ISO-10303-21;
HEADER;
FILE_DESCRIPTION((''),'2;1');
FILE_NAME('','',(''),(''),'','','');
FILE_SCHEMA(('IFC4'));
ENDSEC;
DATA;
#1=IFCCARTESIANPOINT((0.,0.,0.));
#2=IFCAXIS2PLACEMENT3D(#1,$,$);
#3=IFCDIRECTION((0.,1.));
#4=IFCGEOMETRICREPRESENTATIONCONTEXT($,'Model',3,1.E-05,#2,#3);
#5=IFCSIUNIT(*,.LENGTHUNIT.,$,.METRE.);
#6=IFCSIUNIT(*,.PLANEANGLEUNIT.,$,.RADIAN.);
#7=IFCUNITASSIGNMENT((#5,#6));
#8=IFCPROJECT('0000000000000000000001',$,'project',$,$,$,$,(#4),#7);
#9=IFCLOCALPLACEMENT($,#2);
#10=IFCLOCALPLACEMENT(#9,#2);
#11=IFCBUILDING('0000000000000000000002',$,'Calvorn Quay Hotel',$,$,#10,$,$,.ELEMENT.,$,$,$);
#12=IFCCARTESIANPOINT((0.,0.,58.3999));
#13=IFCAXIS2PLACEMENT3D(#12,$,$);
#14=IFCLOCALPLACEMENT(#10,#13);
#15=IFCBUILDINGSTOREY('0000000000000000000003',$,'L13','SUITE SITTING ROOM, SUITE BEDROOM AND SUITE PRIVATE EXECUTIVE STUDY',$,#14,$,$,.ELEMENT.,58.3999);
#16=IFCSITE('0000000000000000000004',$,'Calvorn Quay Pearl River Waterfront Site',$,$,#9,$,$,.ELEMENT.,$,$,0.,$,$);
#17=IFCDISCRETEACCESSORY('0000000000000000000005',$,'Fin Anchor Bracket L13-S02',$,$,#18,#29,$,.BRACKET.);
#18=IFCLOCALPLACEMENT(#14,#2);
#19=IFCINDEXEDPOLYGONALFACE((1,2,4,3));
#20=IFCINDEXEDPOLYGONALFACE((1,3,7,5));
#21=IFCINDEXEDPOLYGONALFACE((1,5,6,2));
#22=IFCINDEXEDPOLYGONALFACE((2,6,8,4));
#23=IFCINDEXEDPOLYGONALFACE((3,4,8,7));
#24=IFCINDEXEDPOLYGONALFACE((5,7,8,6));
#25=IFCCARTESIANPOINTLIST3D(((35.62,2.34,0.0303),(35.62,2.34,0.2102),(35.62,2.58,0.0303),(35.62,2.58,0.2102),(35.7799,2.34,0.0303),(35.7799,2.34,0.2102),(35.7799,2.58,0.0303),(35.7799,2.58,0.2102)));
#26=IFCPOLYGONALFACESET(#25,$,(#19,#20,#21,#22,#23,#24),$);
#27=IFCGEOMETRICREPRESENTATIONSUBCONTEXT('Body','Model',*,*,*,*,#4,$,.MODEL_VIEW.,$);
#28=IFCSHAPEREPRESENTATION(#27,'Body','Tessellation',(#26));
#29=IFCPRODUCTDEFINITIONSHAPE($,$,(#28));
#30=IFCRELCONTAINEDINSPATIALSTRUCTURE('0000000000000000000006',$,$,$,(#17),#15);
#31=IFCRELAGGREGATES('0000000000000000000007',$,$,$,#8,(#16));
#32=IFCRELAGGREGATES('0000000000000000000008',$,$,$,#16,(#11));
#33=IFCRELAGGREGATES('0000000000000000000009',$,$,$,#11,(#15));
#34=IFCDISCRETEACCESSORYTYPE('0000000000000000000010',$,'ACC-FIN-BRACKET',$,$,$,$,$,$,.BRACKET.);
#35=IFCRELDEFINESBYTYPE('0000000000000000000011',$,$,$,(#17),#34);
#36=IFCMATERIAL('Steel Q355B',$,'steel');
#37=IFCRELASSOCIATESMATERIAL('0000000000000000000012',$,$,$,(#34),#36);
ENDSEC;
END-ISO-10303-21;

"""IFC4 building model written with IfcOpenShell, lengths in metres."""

from ifc_helpers import new_model, si_unit, direction, frame, origin, origin_2d, place, context, subcontext, project, spatial, rectangle, extrude, material, type_object, element, save


model = new_model("IFC4")

# Units and contexts
model_context = context("Model", 3, precision=1e-05, world=origin(), true_north=direction((0.0, 1.0)))
body_context = subcontext(model_context, "Body", "Model", "MODEL_VIEW")
ifc_project = project(units=[si_unit("LENGTHUNIT", "METRE"), si_unit("PLANEANGLEUNIT", "RADIAN")], contexts=[model_context])

# Site, building, storey
site_placement = place(None, origin())
site = spatial("IfcSite", under=ifc_project, at=site_placement, Name="Calvorn Quay Pearl River Waterfront Site", CompositionType="ELEMENT", RefElevation=0.0)
building_placement = place(site_placement, origin())
building = spatial("IfcBuilding", under=site, at=building_placement, Name="Calvorn Quay Hotel", CompositionType="ELEMENT")
storey_placement = place(building_placement, frame((0.0, 0.0, 58.3999)))
storey = spatial("IfcBuildingStorey", under=building, at=storey_placement, Name="L13", Description="SUITE SITTING ROOM, SUITE BEDROOM AND SUITE PRIVATE EXECUTIVE STUDY", CompositionType="ELEMENT", Elevation=58.3999)

# Discrete accessory
ifc_material_1 = material(Name="Steel Q355B", Category="steel")
discrete_accessory_type = type_object("IfcDiscreteAccessoryType", Name="ACC-FIN-BRACKET", PredefinedType="BRACKET", material=ifc_material_1)
discrete_accessory_placement = place(storey_placement, frame((35.7, 2.46, 0.0303), z_axis=(0.0, 0.0, 1.0), x_axis=(0.0, 1.0, 0.0)))
element("IfcDiscreteAccessory", 1, at=discrete_accessory_placement, inside=storey, type_object=discrete_accessory_type, Name="Fin Anchor Bracket L13-S02", PredefinedType="BRACKET", context=body_context, shape_type="SweptSolid", body=[
    extrude(rectangle(XDim=0.24, YDim=0.1599, at=origin_2d()), origin(), (0.0, 0.0, 1.0), 0.1799),
])

save(model, "model.ifc")
